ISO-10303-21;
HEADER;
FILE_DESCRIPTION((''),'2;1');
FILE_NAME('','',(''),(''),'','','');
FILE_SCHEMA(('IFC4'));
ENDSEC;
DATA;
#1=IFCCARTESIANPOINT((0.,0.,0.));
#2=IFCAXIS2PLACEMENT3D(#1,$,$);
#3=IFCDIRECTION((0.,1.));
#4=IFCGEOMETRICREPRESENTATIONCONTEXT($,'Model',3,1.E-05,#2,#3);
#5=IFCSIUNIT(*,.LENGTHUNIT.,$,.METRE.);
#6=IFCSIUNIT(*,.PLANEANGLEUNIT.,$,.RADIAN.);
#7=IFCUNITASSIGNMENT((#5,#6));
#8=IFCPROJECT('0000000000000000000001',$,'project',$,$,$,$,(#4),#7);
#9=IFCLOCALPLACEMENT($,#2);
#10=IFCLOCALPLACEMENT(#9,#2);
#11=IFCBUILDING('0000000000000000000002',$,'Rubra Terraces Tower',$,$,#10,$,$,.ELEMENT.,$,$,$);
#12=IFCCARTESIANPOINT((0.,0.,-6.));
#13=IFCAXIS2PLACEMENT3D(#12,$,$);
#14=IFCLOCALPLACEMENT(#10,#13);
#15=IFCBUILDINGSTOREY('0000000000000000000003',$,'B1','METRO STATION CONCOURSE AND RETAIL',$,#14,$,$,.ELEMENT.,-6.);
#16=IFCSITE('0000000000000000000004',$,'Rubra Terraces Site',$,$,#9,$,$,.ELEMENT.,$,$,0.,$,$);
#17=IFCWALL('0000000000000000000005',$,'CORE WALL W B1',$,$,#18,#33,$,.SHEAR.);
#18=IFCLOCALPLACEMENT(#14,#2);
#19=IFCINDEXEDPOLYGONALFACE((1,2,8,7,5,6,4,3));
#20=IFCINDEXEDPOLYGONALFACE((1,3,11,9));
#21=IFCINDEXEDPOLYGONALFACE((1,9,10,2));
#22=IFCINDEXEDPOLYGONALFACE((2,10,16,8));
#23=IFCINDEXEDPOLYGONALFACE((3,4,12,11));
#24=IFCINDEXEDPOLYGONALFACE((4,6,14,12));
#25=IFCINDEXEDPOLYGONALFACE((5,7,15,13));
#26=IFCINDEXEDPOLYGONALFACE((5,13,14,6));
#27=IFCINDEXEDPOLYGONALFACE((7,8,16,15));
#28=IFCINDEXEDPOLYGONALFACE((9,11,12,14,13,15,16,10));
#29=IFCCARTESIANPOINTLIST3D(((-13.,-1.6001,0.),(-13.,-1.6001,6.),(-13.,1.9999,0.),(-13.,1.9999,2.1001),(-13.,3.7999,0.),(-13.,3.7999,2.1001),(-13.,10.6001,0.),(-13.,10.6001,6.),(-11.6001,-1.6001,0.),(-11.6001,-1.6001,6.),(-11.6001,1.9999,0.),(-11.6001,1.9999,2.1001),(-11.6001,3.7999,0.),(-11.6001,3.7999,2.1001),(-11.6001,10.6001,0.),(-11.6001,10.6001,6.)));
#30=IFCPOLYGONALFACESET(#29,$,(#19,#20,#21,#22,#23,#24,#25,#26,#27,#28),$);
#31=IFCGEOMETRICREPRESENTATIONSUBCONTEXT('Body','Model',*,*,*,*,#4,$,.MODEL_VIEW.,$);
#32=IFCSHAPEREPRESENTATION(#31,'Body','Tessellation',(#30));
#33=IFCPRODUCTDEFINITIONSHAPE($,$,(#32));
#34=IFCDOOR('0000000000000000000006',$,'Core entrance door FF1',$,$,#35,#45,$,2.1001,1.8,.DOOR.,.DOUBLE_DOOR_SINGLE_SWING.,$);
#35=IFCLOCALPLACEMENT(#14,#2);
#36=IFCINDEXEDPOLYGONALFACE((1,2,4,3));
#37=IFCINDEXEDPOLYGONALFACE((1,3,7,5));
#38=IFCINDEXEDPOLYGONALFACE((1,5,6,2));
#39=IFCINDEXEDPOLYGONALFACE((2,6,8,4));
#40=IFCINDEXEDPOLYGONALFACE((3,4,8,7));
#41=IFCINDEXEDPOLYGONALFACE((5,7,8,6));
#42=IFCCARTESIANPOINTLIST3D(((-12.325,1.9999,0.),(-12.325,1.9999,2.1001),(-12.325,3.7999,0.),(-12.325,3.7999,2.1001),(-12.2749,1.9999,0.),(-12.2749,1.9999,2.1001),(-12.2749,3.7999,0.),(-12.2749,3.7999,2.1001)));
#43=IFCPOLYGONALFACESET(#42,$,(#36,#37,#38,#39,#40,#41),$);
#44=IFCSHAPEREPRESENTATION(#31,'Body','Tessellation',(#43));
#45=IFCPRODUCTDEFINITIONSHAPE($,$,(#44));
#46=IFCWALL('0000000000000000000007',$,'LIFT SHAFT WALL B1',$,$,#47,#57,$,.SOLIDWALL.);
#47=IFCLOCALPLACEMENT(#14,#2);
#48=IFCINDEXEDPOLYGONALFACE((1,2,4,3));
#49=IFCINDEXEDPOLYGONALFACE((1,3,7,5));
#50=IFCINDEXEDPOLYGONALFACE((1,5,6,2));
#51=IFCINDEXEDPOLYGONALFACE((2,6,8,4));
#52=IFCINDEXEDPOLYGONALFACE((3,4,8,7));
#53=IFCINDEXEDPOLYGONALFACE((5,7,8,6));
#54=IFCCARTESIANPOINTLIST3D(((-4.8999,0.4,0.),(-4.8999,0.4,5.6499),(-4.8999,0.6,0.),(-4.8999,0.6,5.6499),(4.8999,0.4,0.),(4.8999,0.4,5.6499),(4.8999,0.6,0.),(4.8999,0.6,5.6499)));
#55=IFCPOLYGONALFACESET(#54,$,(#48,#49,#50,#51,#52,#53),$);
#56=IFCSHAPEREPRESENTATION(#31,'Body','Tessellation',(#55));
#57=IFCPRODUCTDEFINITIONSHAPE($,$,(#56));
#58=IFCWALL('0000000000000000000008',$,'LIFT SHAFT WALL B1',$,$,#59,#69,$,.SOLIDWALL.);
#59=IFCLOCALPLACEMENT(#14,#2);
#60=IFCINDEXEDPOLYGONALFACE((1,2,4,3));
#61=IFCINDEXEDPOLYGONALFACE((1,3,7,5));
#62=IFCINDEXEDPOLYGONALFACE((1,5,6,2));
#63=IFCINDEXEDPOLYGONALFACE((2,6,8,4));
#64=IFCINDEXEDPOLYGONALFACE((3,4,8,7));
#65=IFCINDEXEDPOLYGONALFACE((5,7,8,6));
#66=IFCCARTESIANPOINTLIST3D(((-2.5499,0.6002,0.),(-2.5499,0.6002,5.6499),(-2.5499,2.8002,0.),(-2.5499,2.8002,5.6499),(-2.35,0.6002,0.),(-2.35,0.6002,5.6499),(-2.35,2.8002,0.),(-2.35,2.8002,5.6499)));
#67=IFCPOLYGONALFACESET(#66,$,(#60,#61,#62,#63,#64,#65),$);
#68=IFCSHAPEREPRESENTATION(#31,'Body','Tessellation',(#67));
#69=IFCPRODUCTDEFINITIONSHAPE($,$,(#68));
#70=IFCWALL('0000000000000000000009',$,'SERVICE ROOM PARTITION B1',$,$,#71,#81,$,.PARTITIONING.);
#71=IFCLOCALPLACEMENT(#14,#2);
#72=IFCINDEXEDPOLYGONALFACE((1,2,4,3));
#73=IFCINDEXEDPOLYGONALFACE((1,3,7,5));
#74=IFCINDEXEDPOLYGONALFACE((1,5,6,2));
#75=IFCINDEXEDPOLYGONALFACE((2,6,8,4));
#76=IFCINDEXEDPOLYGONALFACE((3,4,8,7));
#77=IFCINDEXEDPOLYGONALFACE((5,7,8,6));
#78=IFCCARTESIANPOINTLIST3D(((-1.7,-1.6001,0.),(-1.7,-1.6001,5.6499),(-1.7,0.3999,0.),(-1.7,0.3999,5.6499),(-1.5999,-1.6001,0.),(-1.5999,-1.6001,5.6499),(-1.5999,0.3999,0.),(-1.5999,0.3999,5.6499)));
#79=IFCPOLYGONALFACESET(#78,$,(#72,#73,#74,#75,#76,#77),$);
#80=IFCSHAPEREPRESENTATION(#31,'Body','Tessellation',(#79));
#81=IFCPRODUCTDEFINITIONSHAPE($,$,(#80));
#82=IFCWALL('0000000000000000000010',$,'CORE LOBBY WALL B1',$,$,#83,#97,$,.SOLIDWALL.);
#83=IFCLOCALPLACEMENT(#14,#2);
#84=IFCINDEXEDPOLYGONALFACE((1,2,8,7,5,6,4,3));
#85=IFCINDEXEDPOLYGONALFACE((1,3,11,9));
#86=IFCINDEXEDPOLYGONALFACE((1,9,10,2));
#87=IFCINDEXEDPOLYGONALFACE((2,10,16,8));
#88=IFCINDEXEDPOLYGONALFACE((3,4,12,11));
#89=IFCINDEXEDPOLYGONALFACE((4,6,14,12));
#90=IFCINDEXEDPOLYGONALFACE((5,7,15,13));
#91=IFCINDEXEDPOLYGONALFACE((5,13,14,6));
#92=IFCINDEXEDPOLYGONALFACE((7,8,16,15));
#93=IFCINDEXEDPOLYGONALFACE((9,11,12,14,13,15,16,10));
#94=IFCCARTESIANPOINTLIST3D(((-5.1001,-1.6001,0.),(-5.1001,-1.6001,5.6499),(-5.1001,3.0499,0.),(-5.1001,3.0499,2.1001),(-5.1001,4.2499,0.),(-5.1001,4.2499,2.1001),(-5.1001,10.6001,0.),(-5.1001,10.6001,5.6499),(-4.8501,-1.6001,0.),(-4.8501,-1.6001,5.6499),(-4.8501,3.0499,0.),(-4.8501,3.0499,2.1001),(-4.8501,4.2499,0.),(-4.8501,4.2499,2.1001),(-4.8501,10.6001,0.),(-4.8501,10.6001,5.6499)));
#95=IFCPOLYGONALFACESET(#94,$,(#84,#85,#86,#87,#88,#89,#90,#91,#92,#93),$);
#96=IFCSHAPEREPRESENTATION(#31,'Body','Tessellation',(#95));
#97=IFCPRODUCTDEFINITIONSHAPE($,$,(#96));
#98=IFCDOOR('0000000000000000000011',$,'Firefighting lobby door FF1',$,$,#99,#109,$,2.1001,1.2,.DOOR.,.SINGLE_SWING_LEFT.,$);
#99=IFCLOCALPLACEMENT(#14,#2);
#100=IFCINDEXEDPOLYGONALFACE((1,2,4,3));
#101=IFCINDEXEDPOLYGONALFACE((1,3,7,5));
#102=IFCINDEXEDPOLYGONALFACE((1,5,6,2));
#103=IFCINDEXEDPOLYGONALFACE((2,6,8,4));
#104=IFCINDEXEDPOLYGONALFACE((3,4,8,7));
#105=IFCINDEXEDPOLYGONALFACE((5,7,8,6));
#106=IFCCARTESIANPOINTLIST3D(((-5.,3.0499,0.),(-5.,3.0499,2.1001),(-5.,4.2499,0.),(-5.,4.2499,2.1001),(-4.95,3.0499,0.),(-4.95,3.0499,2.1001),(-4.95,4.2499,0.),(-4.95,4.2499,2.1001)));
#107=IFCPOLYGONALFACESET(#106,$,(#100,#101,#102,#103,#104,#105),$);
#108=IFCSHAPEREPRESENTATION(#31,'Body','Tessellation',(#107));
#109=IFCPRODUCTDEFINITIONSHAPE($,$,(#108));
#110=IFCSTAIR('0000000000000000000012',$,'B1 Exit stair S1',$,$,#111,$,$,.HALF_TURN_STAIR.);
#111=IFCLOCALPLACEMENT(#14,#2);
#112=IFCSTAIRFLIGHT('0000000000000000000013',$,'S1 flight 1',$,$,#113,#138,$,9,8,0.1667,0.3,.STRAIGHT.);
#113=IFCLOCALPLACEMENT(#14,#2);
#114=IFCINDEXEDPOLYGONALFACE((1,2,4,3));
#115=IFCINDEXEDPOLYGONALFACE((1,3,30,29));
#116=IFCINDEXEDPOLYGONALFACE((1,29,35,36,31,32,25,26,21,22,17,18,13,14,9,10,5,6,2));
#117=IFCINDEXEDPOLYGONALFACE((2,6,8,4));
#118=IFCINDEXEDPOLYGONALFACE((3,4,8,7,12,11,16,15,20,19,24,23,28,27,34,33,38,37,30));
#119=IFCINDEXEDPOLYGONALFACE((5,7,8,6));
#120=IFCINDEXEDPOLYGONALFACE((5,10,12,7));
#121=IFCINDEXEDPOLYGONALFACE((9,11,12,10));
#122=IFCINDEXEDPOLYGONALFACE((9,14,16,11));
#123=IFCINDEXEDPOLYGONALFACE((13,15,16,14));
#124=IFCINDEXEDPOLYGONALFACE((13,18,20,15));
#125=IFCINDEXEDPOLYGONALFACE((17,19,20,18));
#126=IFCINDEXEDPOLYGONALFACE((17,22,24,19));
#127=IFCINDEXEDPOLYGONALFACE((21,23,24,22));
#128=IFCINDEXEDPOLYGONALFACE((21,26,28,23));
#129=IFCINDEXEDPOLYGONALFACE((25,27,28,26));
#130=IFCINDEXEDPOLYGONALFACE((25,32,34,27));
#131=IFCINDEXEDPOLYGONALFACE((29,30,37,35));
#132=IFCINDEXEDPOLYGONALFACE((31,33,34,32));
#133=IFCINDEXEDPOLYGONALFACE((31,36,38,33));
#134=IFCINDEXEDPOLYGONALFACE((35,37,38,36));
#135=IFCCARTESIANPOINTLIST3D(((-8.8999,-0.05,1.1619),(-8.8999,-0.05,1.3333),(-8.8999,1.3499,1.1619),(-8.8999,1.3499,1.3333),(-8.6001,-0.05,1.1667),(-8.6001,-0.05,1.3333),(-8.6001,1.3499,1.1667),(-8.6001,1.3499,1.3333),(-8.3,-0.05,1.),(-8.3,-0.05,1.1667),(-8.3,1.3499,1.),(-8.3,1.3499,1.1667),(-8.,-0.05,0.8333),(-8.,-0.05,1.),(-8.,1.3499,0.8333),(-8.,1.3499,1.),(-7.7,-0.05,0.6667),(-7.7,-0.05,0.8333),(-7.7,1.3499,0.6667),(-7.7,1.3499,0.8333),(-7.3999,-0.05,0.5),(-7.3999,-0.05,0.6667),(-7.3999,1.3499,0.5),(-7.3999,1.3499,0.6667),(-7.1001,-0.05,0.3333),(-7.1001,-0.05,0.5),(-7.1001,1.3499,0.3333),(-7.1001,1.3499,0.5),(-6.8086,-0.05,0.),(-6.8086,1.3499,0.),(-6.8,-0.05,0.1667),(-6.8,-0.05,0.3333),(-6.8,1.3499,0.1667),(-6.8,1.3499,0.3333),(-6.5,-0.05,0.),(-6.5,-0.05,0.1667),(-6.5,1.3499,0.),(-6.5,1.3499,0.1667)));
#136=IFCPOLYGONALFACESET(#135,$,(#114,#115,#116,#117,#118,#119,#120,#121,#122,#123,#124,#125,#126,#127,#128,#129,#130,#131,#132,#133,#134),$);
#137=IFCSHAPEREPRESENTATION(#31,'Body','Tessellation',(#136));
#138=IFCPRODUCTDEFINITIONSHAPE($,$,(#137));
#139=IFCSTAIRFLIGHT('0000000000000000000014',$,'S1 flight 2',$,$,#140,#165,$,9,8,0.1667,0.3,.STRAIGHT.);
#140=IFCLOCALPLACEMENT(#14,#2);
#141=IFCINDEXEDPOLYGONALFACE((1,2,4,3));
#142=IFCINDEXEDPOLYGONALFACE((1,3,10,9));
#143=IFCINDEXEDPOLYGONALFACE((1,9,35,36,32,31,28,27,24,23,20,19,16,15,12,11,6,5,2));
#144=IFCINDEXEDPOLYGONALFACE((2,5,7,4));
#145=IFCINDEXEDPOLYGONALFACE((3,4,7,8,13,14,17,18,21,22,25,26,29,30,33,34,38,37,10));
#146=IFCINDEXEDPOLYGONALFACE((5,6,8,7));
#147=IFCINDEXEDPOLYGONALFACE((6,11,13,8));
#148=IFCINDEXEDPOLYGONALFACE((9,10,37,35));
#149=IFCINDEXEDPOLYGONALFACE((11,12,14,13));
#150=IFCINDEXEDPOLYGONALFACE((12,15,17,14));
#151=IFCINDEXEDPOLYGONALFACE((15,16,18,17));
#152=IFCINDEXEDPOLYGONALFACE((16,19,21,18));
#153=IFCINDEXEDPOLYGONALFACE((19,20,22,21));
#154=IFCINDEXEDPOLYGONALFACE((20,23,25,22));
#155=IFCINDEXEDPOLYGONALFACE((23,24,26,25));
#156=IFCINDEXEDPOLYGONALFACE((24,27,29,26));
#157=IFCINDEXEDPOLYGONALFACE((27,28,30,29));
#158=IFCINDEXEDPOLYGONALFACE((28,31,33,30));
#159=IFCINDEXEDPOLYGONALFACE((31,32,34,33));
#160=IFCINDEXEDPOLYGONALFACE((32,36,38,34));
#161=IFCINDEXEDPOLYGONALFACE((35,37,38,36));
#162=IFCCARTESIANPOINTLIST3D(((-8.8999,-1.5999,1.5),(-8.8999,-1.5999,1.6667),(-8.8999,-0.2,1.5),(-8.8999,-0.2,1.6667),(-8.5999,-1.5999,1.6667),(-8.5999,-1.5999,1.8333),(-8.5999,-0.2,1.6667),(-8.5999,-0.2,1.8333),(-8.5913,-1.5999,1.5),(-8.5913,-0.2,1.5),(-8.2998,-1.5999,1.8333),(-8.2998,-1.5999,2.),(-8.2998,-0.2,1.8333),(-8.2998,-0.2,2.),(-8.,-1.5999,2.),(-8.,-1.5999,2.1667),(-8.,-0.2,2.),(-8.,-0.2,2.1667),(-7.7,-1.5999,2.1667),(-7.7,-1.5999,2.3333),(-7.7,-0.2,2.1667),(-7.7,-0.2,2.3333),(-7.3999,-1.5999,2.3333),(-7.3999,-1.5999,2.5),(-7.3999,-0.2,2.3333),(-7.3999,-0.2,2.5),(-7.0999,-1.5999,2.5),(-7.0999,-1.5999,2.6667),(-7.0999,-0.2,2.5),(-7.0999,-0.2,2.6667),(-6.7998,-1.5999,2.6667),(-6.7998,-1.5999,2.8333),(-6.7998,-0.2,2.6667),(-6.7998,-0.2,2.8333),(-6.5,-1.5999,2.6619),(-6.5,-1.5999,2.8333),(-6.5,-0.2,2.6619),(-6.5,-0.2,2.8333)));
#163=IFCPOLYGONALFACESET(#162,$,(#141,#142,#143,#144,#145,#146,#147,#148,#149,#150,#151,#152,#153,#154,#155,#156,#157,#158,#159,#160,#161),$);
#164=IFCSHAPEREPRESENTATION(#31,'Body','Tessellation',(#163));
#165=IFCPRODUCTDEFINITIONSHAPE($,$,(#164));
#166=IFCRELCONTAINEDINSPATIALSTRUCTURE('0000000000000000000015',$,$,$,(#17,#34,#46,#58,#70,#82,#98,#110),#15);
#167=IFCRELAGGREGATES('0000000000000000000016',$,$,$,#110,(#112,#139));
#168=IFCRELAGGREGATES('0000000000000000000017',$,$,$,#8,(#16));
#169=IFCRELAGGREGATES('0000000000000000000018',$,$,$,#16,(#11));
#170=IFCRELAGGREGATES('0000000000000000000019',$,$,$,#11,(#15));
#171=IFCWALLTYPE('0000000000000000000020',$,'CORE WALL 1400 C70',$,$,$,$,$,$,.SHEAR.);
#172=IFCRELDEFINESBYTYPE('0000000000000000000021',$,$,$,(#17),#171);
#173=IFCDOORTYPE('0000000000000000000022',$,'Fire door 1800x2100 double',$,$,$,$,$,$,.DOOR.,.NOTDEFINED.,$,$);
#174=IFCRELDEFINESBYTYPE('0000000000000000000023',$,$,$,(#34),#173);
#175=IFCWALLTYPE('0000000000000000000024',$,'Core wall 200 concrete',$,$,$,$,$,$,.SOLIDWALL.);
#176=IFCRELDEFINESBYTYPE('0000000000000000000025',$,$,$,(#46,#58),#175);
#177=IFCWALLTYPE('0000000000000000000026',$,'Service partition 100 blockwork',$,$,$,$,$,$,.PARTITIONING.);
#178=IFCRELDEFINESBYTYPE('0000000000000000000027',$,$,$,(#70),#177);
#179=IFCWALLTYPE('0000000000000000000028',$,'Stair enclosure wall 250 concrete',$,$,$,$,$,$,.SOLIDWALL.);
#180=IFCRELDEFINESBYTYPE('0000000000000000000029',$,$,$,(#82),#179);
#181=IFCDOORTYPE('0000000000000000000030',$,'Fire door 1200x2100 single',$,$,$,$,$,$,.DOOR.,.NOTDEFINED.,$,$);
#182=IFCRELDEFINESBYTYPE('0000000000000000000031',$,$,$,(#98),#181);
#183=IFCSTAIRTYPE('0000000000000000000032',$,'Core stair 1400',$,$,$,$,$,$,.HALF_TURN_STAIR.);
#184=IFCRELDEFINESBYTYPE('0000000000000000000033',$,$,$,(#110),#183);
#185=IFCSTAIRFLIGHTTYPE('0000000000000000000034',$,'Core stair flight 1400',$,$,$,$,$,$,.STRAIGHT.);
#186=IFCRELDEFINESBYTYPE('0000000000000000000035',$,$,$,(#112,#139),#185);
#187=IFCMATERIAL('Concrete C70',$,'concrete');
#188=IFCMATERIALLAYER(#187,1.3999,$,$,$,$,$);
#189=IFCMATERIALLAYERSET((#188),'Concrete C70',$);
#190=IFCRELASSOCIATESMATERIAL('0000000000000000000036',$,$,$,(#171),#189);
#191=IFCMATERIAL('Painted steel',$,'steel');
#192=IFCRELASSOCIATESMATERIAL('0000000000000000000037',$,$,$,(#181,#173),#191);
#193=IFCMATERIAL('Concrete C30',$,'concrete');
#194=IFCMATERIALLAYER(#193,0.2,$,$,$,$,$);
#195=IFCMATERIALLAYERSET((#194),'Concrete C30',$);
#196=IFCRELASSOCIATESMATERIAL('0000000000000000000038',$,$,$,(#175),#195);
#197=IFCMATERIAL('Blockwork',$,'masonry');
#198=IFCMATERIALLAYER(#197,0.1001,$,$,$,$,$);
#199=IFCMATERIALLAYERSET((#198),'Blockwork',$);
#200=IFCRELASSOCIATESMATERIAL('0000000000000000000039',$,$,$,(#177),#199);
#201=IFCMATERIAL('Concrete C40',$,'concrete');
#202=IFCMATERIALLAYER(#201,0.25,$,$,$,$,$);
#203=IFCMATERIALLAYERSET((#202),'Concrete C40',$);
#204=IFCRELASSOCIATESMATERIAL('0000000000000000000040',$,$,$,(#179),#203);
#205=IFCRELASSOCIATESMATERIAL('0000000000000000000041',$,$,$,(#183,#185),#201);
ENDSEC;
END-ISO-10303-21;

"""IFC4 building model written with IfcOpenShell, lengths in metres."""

from ifc_helpers import new_model, si_unit, direction, frame, frame_2d, origin, place, context, subcontext, project, spatial, polyline, rectangle, outline, extrude, material, layer, layer_set, type_object, element, fill, aggregate, save


model = new_model("IFC4")

# Units and contexts
model_context = context("Model", 3, precision=1e-05, world=origin(), true_north=direction((0.0, 1.0)))
body_context = subcontext(model_context, "Body", "Model", "MODEL_VIEW")
ifc_project = project(units=[si_unit("LENGTHUNIT", "METRE"), si_unit("PLANEANGLEUNIT", "RADIAN")], contexts=[model_context])

# Site, building, storey
site_placement = place(None, origin())
site = spatial("IfcSite", under=ifc_project, at=site_placement, Name="Rubra Terraces Site", CompositionType="ELEMENT", RefElevation=0.0)
building_placement = place(site_placement, origin())
building = spatial("IfcBuilding", under=site, at=building_placement, Name="Rubra Terraces Tower", CompositionType="ELEMENT")
storey_placement = place(building_placement, frame((0.0, 0.0, -6.0)))
storey = spatial("IfcBuildingStorey", under=building, at=storey_placement, Name="B1", Description="METRO STATION CONCOURSE AND RETAIL", CompositionType="ELEMENT", Elevation=-6.0)

# Shared definitions
ifc_material_1 = material(Name="Concrete C40", Category="concrete")

# Shared definitions
ifc_material_2 = material(Name="Concrete C70", Category="concrete")
ifc_layer_1 = layer(ifc_material_2, 1.3999)
ifc_layer_set_1 = layer_set([ifc_layer_1], Name="Concrete C70")
wall_type_1 = type_object("IfcWallType", Name="CORE WALL 1400 C70", PredefinedType="SHEAR", material=ifc_layer_set_1)
ifc_material_3 = material(Name="Painted steel", Category="steel")
door_type_1 = type_object("IfcDoorType", Name="Fire door 1200x2100 single", OperationType="NOTDEFINED", PredefinedType="DOOR", material=ifc_material_3)

# Wall, opening, door
wall_1_placement = place(storey_placement, frame((-12.3, -1.6001, 0.0), z_axis=(0.0, 0.0, 1.0), x_axis=(0.0, 1.0, 0.0)))
wall_1 = element("IfcWall", 1, at=wall_1_placement, inside=storey, type_object=wall_type_1, Name="CORE WALL W B1", PredefinedType="SHEAR", context=body_context, shape_type="SweptSolid", body=[
    extrude(rectangle(XDim=12.2002, YDim=1.3999, at=frame_2d((6.1001, 0.0))), origin(), (0.0, 0.0, 1.0), 6.0),
])
opening_1_placement = place(wall_1_placement, frame((3.6001, 0.0, 0.0)))
opening_1 = element("IfcOpeningElement", 2, at=opening_1_placement, cuts=wall_1, PredefinedType="OPENING", context=body_context, shape_type="SweptSolid", body=[
    extrude(rectangle(XDim=1.8, YDim=2.1001, at=frame_2d((0.8999, 1.05))), frame((0.0, 0.71, 0.0), z_axis=(0.0, -1.0, 0.0), x_axis=(1.0, 0.0, 0.0)), (0.0, 0.0, 1.0), 1.4199),
])
door_type_2 = type_object("IfcDoorType", Name="Fire door 1800x2100 double", OperationType="NOTDEFINED", PredefinedType="DOOR", material=ifc_material_3)
door_1_placement = place(opening_1_placement, origin())
door_1 = element("IfcDoor", 3, at=door_1_placement, inside=storey, type_object=door_type_2, Name="Core entrance door FF1", OperationType="DOUBLE_DOOR_SINGLE_SWING", OverallHeight=2.1001, OverallWidth=1.8, PredefinedType="DOOR", context=body_context, shape_type="SweptSolid", body=[
    extrude(rectangle(XDim=1.8, YDim=2.1001, at=frame_2d((0.8999, 1.05))), frame((0.0, 0.0249, 0.0), z_axis=(0.0, -1.0, 0.0), x_axis=(1.0, 0.0, 0.0)), (0.0, 0.0, 1.0), 0.05),
])
fill(opening_1, door_1)

# Walls
ifc_material_4 = material(Name="Concrete C30", Category="concrete")
ifc_layer_2 = layer(ifc_material_4, 0.2)
ifc_layer_set_2 = layer_set([ifc_layer_2], Name="Concrete C30")
wall_type_2 = type_object("IfcWallType", Name="Core wall 200 concrete", PredefinedType="SOLIDWALL", material=ifc_layer_set_2)
wall_2_placement = place(storey_placement, frame((-4.8999, 0.5, 0.0), z_axis=(0.0, 0.0, 1.0), x_axis=(1.0, 0.0, 0.0)))
element("IfcWall", 4, at=wall_2_placement, inside=storey, type_object=wall_type_2, Name="LIFT SHAFT WALL B1", PredefinedType="SOLIDWALL", context=body_context, shape_type="SweptSolid", body=[
    extrude(rectangle(XDim=9.7998, YDim=0.2, at=frame_2d((4.8999, 0.0))), origin(), (0.0, 0.0, 1.0), 5.6499),
])
wall_3_placement = place(storey_placement, frame((-2.45, 0.6001, 0.0), z_axis=(0.0, 0.0, 1.0), x_axis=(0.0, 1.0, 0.0)))
element("IfcWall", 5, at=wall_3_placement, inside=storey, type_object=wall_type_2, Name="LIFT SHAFT WALL B1", PredefinedType="SOLIDWALL", context=body_context, shape_type="SweptSolid", body=[
    extrude(rectangle(XDim=2.2, YDim=0.2, at=frame_2d((1.1001, 0.0))), origin(), (0.0, 0.0, 1.0), 5.6499),
])
ifc_material_5 = material(Name="Blockwork", Category="masonry")
ifc_layer_3 = layer(ifc_material_5, 0.1001)
ifc_layer_set_3 = layer_set([ifc_layer_3], Name="Blockwork")
wall_type_3 = type_object("IfcWallType", Name="Service partition 100 blockwork", PredefinedType="PARTITIONING", material=ifc_layer_set_3)
wall_4_placement = place(storey_placement, frame((-1.6499, -1.6001, 0.0), z_axis=(0.0, 0.0, 1.0), x_axis=(0.0, 1.0, 0.0)))
element("IfcWall", 6, at=wall_4_placement, inside=storey, type_object=wall_type_3, Name="SERVICE ROOM PARTITION B1", PredefinedType="PARTITIONING", context=body_context, shape_type="SweptSolid", body=[
    extrude(rectangle(XDim=2.0, YDim=0.1001, at=frame_2d((1.0, 0.0))), origin(), (0.0, 0.0, 1.0), 5.6499),
])

# Wall, opening, door
ifc_layer_4 = layer(ifc_material_1, 0.25)
ifc_layer_set_4 = layer_set([ifc_layer_4], Name="Concrete C40")
wall_type_4 = type_object("IfcWallType", Name="Stair enclosure wall 250 concrete", PredefinedType="SOLIDWALL", material=ifc_layer_set_4)
wall_5_placement = place(storey_placement, frame((-4.9751, -1.6001, 0.0), z_axis=(0.0, 0.0, 1.0), x_axis=(0.0, 1.0, 0.0)))
wall_5 = element("IfcWall", 7, at=wall_5_placement, inside=storey, type_object=wall_type_4, Name="CORE LOBBY WALL B1", PredefinedType="SOLIDWALL", context=body_context, shape_type="SweptSolid", body=[
    extrude(rectangle(XDim=12.2002, YDim=0.25, at=frame_2d((6.1001, 0.0))), origin(), (0.0, 0.0, 1.0), 5.6499),
])
opening_2_placement = place(wall_5_placement, frame((4.6499, 0.0, 0.0)))
opening_2 = element("IfcOpeningElement", 8, at=opening_2_placement, cuts=wall_5, PredefinedType="OPENING", context=body_context, shape_type="SweptSolid", body=[
    extrude(rectangle(XDim=1.2, YDim=2.1001, at=frame_2d((0.6001, 1.05))), frame((0.0, 0.135, 0.0), z_axis=(0.0, -1.0, 0.0), x_axis=(1.0, 0.0, 0.0)), (0.0, 0.0, 1.0), 0.27),
])
door_2_placement = place(opening_2_placement, origin())
door_2 = element("IfcDoor", 9, at=door_2_placement, inside=storey, type_object=door_type_1, Name="Firefighting lobby door FF1", OperationType="SINGLE_SWING_LEFT", OverallHeight=2.1001, OverallWidth=1.2, PredefinedType="DOOR", context=body_context, shape_type="SweptSolid", body=[
    extrude(rectangle(XDim=1.2, YDim=2.1001, at=frame_2d((0.6001, 1.05))), frame((0.0, 0.0249, 0.0), z_axis=(0.0, -1.0, 0.0), x_axis=(1.0, 0.0, 0.0)), (0.0, 0.0, 1.0), 0.05),
])
fill(opening_2, door_2)

# Stair, stair flights
stair_type_1 = type_object("IfcStairType", Name="Core stair 1400", PredefinedType="HALF_TURN_STAIR", material=ifc_material_1)
stair_1_placement = place(storey_placement, origin())
stair_1 = element("IfcStair", 10, at=stair_1_placement, inside=storey, type_object=stair_type_1, Name="B1 Exit stair S1", PredefinedType="HALF_TURN_STAIR")
stair_flight_type = type_object("IfcStairFlightType", Name="Core stair flight 1400", PredefinedType="STRAIGHT", material=ifc_material_1)
stair_flight_1_placement = place(storey_placement, frame((-6.5, 0.6499, 0.0), z_axis=(0.0, 0.0, 1.0), x_axis=(-1.0, 0.0, 0.0)))
stair_flight_1 = element("IfcStairFlight", 11, at=stair_flight_1_placement, type_object=stair_flight_type, Name="S1 flight 1", NumberOfRisers=9, NumberOfTreads=8, PredefinedType="STRAIGHT", RiserHeight=0.1667, TreadLength=0.3, context=body_context, shape_type="SweptSolid", body=[
    extrude(outline(polyline([(0.0, 0.0), (0.0, 0.1667), (0.3, 0.1667), (0.3, 0.3333), (0.6001, 0.3333), (0.6001, 0.5), (0.8999, 0.5), (0.8999, 0.6667), (1.2, 0.6667), (1.2, 0.8333), (1.5, 0.8333), (1.5, 1.0), (1.8, 1.0), (1.8, 1.1667), (2.1001, 1.1667), (2.1001, 1.3333), (2.3999, 1.3333), (2.3999, 1.5), (2.3999, 1.1619), (0.3086, 0.0), (0.0, 0.0)])), frame((0.0, 0.7, 0.0), z_axis=(0.0, -1.0, 0.0), x_axis=(1.0, 0.0, 0.0)), (0.0, 0.0, 1.0), 1.3999),
])
stair_flight_2_placement = place(storey_placement, frame((-8.8999, -0.8999, 1.5), z_axis=(0.0, 0.0, 1.0), x_axis=(1.0, 0.0, 0.0)))
stair_flight_2 = element("IfcStairFlight", 12, at=stair_flight_2_placement, type_object=stair_flight_type, Name="S1 flight 2", NumberOfRisers=9, NumberOfTreads=8, PredefinedType="STRAIGHT", RiserHeight=0.1667, TreadLength=0.3, context=body_context, shape_type="SweptSolid", body=[
    extrude(outline(polyline([(0.0, 0.0), (0.0, 0.1667), (0.3, 0.1667), (0.3, 0.3333), (0.6001, 0.3333), (0.6001, 0.5), (0.8999, 0.5), (0.8999, 0.6667), (1.2, 0.6667), (1.2, 0.8333), (1.5, 0.8333), (1.5, 1.0), (1.8, 1.0), (1.8, 1.1667), (2.1001, 1.1667), (2.1001, 1.3333), (2.3999, 1.3333), (2.3999, 1.5), (2.3999, 1.1619), (0.3086, 0.0), (0.0, 0.0)])), frame((0.0, 0.7, 0.0), z_axis=(0.0, -1.0, 0.0), x_axis=(1.0, 0.0, 0.0)), (0.0, 0.0, 1.0), 1.3999),
])
aggregate(stair_1, [stair_flight_1, stair_flight_2])

save(model, "model.ifc")
